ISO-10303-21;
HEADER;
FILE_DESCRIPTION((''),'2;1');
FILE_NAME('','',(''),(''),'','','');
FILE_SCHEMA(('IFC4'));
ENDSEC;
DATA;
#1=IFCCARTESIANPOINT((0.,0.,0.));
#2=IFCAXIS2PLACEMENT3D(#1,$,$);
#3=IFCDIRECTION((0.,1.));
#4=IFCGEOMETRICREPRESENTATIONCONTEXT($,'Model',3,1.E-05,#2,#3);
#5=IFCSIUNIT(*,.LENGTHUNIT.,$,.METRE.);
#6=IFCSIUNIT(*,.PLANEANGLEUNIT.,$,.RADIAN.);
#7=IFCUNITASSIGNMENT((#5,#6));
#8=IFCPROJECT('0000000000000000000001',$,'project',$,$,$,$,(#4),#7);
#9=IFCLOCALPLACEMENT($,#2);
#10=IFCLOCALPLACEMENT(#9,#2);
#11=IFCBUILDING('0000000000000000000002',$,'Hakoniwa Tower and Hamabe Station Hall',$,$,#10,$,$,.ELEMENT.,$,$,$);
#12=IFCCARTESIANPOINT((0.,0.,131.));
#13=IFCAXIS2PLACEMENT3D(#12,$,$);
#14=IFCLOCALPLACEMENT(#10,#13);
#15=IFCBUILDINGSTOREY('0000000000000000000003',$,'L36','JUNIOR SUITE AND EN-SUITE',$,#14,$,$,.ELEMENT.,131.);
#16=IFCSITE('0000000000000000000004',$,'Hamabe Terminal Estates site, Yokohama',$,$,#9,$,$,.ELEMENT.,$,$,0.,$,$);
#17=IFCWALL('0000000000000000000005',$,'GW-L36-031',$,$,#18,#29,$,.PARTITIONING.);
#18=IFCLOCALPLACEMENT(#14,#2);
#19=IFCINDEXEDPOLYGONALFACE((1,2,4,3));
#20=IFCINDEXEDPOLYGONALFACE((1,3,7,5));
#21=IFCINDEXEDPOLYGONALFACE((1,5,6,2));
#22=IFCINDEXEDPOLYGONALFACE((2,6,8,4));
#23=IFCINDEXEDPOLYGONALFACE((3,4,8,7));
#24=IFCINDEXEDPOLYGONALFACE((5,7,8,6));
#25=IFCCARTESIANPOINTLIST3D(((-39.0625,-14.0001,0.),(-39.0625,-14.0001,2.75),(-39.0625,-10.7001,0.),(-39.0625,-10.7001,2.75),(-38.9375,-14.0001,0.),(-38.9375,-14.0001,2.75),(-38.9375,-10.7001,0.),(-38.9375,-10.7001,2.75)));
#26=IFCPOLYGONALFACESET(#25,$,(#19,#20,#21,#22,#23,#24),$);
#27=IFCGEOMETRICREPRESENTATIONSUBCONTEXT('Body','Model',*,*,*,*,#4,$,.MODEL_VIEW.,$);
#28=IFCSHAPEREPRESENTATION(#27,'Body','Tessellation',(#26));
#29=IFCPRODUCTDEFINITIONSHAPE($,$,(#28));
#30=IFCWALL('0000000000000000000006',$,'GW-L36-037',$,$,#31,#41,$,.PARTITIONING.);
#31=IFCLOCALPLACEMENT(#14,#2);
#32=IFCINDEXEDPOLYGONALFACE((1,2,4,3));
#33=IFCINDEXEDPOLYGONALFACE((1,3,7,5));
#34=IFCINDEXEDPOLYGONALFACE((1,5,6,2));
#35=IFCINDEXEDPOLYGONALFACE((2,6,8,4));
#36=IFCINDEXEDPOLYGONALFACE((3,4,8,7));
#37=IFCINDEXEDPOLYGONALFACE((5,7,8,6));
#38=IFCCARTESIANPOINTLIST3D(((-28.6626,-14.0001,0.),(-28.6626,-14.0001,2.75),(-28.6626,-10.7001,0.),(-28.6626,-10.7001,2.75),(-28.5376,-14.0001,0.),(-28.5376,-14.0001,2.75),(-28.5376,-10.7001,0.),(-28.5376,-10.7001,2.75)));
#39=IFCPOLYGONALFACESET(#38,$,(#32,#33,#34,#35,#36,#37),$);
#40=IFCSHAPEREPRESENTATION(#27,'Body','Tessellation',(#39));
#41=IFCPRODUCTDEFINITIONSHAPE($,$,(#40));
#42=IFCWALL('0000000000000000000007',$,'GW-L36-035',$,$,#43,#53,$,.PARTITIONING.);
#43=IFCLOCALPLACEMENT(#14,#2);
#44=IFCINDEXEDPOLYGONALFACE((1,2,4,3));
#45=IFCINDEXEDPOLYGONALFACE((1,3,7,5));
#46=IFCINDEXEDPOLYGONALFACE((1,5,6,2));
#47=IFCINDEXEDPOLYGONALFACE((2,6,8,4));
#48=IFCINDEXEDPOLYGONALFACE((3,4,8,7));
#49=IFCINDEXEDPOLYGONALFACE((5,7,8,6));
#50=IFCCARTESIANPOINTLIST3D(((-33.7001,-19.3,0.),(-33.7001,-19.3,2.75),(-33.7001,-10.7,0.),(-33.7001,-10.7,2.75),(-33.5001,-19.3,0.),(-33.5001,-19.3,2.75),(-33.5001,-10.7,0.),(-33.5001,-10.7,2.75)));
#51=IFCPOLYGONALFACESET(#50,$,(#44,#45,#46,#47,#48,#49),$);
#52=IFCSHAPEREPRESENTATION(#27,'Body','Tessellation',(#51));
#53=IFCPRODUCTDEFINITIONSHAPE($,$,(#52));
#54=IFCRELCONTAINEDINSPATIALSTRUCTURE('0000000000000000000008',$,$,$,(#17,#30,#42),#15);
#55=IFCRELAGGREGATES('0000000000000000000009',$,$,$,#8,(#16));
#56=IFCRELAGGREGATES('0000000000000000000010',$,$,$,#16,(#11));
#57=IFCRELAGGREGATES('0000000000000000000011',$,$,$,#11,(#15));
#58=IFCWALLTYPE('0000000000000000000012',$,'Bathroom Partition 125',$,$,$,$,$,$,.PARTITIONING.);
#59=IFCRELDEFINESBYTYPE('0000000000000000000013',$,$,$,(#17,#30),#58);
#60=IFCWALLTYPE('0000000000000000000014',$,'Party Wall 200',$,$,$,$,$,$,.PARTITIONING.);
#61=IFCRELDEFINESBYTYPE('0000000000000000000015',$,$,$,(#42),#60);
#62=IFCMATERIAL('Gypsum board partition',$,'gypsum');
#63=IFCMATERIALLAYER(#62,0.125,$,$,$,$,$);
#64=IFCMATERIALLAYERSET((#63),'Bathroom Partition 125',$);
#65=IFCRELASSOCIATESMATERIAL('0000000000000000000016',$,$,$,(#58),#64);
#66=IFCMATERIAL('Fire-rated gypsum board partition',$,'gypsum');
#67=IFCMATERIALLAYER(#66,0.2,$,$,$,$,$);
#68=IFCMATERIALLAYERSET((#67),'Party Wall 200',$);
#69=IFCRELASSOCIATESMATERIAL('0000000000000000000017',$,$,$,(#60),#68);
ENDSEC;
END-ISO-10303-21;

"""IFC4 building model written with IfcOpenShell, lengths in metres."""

from ifc_helpers import new_model, si_unit, direction, frame, frame_2d, origin, place, context, subcontext, project, spatial, rectangle, extrude, material, layer, layer_set, type_object, element, save


model = new_model("IFC4")

# Units and contexts
model_context = context("Model", 3, precision=1e-05, world=origin(), true_north=direction((0.0, 1.0)))
body_context = subcontext(model_context, "Body", "Model", "MODEL_VIEW")
ifc_project = project(units=[si_unit("LENGTHUNIT", "METRE"), si_unit("PLANEANGLEUNIT", "RADIAN")], contexts=[model_context])

# Site, building, storey
site_placement = place(None, origin())
site = spatial("IfcSite", under=ifc_project, at=site_placement, Name="Hamabe Terminal Estates site, Yokohama", CompositionType="ELEMENT", RefElevation=0.0)
building_placement = place(site_placement, origin())
building = spatial("IfcBuilding", under=site, at=building_placement, Name="Hakoniwa Tower and Hamabe Station Hall", CompositionType="ELEMENT")
storey_placement = place(building_placement, frame((0.0, 0.0, 131.0)))
storey = spatial("IfcBuildingStorey", under=building, at=storey_placement, Name="L36", Description="JUNIOR SUITE AND EN-SUITE", CompositionType="ELEMENT", Elevation=131.0)

# Shared definitions
ifc_material_1 = material(Name="Gypsum board partition", Category="gypsum")
ifc_layer_1 = layer(ifc_material_1, 0.125)
ifc_layer_set_1 = layer_set([ifc_layer_1], Name="Bathroom Partition 125")
wall_type_1 = type_object("IfcWallType", Name="Bathroom Partition 125", PredefinedType="PARTITIONING", material=ifc_layer_set_1)

# Walls
for number, where, z_axis, x_axis, name in (
    (1, (-39.0, -14.0, 0.0), (0.0, 0.0, 1.0), (0.0, 1.0, 0.0), "GW-L36-031"),
    (2, (-28.6001, -14.0, 0.0), (0.0, 0.0, 1.0), (0.0, 1.0, 0.0), "GW-L36-037"),
):
    element("IfcWall", number, at=place(storey_placement, frame(where, z_axis=z_axis, x_axis=x_axis)), inside=storey, type_object=wall_type_1, Name=name, PredefinedType="PARTITIONING", context=body_context, shape_type="SweptSolid", body=[
        extrude(rectangle(XDim=3.3, YDim=0.125, at=frame_2d((1.6499, 0.0))), origin(), (0.0, 0.0, 1.0), 2.75),
    ])
ifc_material_2 = material(Name="Fire-rated gypsum board partition", Category="gypsum")
ifc_layer_2 = layer(ifc_material_2, 0.2)
ifc_layer_set_2 = layer_set([ifc_layer_2], Name="Party Wall 200")
wall_type_2 = type_object("IfcWallType", Name="Party Wall 200", PredefinedType="PARTITIONING", material=ifc_layer_set_2)
wall_1_placement = place(storey_placement, frame((-33.6001, -19.3, 0.0), z_axis=(0.0, 0.0, 1.0), x_axis=(0.0, 1.0, 0.0)))
element("IfcWall", 3, at=wall_1_placement, inside=storey, type_object=wall_type_2, Name="GW-L36-035", PredefinedType="PARTITIONING", context=body_context, shape_type="SweptSolid", body=[
    extrude(rectangle(XDim=8.6001, YDim=0.2, at=frame_2d((4.3, 0.0))), origin(), (0.0, 0.0, 1.0), 2.75),
])

save(model, "model.ifc")
